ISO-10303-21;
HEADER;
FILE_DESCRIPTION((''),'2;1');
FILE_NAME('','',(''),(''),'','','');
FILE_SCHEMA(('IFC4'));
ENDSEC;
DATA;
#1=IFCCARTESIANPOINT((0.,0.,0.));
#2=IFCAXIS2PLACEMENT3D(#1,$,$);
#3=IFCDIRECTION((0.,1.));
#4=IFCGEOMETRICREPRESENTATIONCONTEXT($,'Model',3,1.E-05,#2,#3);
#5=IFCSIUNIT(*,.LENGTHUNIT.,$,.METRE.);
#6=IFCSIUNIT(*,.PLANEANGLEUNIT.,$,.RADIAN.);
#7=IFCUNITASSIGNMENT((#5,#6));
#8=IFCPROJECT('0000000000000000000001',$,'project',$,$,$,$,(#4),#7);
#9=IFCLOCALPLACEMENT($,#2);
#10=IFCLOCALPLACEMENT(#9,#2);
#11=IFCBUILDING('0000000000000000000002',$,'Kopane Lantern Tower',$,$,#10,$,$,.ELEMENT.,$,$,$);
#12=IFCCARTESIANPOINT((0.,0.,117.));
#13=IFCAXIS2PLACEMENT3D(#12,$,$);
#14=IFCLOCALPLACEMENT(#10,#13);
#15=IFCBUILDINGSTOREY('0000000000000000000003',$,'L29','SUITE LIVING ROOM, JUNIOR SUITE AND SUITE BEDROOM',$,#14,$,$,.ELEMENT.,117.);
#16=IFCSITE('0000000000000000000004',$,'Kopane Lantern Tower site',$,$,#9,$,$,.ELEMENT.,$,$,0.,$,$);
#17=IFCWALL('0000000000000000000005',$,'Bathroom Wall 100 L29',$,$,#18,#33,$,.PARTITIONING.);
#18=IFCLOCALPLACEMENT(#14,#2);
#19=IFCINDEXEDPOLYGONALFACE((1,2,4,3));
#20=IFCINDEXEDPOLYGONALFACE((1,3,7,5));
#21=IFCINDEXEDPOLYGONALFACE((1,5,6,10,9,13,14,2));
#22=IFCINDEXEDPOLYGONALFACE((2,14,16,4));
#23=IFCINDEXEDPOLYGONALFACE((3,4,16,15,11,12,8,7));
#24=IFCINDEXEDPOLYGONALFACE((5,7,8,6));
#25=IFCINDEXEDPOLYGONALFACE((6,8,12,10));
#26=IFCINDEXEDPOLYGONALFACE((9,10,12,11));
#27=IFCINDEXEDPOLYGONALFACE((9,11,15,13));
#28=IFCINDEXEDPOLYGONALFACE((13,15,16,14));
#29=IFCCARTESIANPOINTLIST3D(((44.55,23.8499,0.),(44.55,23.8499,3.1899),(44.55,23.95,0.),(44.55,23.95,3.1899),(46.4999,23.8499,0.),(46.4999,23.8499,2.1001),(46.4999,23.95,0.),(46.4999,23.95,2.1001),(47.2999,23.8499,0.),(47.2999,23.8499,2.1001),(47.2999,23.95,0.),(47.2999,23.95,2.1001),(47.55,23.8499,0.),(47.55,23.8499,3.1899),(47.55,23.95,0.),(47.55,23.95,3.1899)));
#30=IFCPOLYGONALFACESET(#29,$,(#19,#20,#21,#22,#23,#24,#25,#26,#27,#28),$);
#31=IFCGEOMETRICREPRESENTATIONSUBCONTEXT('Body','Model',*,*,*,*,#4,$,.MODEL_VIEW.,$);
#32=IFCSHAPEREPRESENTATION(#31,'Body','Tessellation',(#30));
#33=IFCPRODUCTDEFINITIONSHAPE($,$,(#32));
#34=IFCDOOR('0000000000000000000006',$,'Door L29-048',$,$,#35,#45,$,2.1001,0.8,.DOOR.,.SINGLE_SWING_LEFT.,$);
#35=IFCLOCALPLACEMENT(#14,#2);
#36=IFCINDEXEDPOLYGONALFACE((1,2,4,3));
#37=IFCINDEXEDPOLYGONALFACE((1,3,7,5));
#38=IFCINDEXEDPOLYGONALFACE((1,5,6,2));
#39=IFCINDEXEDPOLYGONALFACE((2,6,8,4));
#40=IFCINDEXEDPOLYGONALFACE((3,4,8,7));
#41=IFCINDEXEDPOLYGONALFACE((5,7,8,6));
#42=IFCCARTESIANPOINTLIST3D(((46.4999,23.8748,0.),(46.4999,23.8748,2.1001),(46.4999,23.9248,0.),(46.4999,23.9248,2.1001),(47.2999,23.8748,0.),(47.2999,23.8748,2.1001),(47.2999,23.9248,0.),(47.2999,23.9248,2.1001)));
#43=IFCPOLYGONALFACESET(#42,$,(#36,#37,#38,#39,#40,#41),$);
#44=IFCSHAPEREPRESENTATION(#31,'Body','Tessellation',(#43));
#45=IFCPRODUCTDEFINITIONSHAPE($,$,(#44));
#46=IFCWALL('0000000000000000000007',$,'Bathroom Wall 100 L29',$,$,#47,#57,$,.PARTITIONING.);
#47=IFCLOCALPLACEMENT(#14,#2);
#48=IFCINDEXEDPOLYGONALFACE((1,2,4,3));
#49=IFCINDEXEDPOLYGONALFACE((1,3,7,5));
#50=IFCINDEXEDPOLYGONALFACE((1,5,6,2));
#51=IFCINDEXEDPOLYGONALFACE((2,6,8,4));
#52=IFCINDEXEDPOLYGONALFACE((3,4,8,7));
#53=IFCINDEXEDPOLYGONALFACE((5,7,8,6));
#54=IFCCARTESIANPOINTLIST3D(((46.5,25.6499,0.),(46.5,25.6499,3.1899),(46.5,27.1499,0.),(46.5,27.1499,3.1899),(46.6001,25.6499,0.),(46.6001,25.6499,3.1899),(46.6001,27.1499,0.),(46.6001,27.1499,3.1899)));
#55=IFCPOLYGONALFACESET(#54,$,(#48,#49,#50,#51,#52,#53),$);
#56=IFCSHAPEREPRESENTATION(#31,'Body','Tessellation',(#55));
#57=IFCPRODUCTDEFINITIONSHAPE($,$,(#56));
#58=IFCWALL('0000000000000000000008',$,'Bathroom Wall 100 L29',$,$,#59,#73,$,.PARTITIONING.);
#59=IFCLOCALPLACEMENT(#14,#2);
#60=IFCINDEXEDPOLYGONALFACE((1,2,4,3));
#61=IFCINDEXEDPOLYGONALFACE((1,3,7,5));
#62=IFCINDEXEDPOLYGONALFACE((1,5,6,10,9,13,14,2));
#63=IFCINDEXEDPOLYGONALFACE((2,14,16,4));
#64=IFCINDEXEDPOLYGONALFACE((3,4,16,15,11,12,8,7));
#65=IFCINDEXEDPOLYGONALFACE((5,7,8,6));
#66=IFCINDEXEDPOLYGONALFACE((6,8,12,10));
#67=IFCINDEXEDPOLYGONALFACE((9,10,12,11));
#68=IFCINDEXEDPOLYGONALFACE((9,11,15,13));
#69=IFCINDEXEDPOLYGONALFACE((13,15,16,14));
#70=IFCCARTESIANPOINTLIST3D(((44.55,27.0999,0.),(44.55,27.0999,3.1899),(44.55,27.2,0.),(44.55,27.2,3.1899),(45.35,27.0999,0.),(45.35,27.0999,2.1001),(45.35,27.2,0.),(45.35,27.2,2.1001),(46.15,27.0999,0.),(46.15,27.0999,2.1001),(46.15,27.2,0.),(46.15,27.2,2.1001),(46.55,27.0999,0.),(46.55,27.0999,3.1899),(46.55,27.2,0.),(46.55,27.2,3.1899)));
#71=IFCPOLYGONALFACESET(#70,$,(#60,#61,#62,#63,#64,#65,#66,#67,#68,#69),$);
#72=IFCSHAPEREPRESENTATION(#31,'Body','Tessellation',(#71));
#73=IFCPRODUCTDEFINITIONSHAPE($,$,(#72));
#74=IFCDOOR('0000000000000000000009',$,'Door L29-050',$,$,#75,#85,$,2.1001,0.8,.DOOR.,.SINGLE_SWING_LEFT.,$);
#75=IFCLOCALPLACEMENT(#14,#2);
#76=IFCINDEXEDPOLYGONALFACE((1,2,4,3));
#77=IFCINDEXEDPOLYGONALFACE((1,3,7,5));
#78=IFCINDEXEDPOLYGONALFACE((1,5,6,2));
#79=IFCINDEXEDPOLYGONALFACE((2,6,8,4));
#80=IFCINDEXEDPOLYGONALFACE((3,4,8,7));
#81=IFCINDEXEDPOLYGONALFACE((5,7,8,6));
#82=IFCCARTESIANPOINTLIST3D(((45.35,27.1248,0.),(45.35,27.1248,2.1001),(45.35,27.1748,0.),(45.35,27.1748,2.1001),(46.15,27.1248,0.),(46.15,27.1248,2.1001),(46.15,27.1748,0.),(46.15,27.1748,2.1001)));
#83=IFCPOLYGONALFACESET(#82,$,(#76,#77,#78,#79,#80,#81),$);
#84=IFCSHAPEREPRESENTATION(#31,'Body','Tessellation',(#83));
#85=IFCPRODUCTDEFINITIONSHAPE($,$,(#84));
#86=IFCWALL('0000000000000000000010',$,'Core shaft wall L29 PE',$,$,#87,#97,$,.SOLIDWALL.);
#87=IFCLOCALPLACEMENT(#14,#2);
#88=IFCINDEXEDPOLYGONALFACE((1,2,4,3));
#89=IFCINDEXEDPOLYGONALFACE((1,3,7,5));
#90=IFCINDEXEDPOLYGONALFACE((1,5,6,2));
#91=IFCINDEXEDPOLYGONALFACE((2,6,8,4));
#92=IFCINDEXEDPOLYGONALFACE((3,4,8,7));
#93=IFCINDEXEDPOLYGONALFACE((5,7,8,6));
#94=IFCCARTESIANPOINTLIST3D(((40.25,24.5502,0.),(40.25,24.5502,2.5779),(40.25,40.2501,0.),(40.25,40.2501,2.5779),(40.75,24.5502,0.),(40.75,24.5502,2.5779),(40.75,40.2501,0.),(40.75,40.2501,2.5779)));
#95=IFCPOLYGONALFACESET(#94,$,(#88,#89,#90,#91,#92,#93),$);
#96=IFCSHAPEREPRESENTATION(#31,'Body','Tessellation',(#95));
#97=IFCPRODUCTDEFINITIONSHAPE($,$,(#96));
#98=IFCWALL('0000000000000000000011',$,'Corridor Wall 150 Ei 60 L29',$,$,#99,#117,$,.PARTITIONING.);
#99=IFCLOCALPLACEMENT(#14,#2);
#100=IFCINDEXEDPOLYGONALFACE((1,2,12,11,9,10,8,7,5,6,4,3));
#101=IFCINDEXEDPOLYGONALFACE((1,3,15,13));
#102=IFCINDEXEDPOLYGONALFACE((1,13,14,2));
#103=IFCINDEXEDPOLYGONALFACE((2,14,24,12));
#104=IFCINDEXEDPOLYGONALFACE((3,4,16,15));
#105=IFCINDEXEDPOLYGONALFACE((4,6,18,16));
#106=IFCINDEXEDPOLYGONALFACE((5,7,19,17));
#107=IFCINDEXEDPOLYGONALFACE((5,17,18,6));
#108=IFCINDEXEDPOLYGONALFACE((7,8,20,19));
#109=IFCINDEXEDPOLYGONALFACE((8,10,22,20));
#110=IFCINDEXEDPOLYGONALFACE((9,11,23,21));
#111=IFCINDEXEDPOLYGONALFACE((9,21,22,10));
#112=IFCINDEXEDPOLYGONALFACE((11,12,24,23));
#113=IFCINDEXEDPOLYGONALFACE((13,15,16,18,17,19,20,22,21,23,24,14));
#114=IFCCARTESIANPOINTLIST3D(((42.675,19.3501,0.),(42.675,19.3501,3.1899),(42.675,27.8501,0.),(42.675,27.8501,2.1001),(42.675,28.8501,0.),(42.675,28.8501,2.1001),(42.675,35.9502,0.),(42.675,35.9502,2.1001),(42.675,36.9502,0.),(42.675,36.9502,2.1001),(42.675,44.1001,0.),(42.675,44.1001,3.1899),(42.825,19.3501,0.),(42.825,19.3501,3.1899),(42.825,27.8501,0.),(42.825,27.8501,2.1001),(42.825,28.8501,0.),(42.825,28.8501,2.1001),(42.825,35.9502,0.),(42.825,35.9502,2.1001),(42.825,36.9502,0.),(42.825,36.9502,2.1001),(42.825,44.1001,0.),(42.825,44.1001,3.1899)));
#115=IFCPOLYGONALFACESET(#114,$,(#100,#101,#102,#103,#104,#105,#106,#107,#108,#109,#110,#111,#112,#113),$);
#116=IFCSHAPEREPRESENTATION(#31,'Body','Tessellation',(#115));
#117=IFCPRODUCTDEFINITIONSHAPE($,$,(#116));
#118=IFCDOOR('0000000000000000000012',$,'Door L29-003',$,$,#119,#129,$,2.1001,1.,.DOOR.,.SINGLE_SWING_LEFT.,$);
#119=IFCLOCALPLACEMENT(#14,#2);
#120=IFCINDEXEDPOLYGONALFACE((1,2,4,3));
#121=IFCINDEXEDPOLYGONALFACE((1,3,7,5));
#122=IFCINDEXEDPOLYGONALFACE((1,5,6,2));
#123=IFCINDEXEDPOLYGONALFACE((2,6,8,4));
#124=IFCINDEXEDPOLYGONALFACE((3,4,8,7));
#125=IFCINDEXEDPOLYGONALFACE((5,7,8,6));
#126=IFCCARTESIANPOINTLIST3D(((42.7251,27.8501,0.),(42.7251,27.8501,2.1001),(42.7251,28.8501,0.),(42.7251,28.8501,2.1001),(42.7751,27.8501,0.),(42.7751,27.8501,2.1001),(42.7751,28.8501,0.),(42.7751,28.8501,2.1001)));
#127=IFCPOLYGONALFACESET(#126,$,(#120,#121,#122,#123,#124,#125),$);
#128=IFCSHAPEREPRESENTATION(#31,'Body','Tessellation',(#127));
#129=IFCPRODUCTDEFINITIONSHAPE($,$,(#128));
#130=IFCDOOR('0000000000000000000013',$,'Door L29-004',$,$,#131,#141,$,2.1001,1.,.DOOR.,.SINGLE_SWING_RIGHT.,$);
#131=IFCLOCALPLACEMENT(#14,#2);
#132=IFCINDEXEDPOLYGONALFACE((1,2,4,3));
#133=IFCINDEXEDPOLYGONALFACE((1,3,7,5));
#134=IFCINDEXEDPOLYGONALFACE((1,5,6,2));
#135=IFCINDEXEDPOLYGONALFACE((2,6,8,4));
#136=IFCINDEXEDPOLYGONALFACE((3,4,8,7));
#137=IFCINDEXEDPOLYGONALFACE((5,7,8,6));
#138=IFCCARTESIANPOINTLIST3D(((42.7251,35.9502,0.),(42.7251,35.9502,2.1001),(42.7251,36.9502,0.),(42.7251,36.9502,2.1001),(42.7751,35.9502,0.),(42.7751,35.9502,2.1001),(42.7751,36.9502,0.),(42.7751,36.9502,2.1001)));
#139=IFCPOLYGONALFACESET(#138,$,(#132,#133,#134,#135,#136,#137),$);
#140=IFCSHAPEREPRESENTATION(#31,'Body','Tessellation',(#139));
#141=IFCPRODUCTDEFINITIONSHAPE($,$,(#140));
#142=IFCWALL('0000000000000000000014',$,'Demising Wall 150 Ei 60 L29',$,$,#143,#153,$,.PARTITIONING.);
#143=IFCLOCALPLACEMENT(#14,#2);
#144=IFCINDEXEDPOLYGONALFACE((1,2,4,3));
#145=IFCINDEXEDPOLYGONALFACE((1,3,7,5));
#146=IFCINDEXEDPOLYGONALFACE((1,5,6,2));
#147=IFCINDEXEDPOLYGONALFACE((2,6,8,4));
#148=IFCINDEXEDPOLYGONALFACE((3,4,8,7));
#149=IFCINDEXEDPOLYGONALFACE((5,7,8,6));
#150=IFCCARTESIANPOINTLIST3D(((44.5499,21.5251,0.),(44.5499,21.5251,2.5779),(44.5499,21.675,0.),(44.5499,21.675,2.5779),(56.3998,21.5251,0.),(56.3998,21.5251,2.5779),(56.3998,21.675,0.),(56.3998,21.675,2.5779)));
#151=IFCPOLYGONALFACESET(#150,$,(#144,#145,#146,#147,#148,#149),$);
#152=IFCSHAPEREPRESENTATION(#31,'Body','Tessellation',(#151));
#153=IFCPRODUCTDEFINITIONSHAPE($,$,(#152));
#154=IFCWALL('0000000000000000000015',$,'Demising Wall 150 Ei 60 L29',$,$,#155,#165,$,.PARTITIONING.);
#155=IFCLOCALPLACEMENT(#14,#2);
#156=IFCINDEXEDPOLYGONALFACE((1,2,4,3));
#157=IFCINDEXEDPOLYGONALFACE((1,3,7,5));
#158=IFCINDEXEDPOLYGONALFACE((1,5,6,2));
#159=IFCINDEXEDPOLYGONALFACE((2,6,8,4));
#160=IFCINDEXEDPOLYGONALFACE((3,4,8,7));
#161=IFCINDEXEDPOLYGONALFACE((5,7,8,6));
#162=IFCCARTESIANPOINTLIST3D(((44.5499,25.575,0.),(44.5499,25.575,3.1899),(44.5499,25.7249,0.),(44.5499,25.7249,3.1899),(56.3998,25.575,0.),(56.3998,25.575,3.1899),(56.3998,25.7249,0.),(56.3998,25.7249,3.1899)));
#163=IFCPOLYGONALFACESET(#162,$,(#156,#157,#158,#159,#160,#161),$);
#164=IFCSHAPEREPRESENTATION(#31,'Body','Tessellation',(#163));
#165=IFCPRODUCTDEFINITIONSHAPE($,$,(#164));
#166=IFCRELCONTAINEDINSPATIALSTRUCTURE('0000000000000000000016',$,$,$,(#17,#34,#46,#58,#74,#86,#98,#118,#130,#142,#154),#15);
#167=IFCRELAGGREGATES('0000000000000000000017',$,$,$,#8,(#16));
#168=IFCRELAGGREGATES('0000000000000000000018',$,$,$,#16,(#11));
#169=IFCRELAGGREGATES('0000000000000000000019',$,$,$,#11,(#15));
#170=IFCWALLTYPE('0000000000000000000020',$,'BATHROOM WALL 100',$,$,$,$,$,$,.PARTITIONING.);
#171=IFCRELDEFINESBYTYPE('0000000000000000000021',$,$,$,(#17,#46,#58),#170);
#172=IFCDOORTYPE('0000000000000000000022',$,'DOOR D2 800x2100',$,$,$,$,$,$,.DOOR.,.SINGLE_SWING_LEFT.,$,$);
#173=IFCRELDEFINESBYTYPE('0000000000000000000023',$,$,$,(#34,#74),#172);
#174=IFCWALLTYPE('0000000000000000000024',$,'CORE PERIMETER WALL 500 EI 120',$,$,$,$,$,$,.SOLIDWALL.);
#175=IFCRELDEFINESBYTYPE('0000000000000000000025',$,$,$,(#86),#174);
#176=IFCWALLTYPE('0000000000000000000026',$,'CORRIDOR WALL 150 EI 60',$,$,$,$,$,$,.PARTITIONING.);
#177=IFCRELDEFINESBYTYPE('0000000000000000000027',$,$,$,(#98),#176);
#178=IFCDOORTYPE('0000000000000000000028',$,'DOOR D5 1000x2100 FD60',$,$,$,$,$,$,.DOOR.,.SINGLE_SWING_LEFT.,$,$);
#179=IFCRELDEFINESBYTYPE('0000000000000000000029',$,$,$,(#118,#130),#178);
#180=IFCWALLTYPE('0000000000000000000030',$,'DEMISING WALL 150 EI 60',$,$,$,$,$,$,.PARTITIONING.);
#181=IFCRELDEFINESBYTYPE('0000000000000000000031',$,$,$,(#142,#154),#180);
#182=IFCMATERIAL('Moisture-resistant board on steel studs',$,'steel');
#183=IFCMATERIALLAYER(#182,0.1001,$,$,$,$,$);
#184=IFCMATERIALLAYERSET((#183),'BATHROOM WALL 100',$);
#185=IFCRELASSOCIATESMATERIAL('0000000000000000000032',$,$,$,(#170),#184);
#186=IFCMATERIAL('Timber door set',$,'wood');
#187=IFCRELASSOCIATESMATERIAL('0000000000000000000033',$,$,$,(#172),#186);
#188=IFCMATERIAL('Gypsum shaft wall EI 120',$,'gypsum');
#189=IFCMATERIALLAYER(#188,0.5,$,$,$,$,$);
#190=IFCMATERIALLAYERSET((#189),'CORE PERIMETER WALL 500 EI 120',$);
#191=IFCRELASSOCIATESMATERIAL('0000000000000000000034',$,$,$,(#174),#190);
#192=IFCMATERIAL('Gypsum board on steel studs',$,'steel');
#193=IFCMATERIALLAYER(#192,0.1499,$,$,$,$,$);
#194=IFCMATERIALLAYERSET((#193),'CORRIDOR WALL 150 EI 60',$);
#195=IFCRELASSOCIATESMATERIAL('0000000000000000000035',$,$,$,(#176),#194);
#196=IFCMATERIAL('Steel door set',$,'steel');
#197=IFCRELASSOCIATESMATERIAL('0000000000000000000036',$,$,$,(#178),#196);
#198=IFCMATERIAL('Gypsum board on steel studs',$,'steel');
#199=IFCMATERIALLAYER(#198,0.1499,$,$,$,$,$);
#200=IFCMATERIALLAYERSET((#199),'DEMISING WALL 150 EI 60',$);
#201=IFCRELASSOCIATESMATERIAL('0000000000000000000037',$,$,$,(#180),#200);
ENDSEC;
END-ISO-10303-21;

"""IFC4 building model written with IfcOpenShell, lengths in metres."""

from ifc_helpers import new_model, si_unit, direction, frame, frame_2d, origin, place, context, subcontext, project, spatial, rectangle, extrude, material, layer, layer_set, type_object, element, fill, save


model = new_model("IFC4")

# Units and contexts
model_context = context("Model", 3, precision=1e-05, world=origin(), true_north=direction((0.0, 1.0)))
body_context = subcontext(model_context, "Body", "Model", "MODEL_VIEW")
ifc_project = project(units=[si_unit("LENGTHUNIT", "METRE"), si_unit("PLANEANGLEUNIT", "RADIAN")], contexts=[model_context])

# Site, building, storey
site_placement = place(None, origin())
site = spatial("IfcSite", under=ifc_project, at=site_placement, Name="Kopane Lantern Tower site", CompositionType="ELEMENT", RefElevation=0.0)
building_placement = place(site_placement, origin())
building = spatial("IfcBuilding", under=site, at=building_placement, Name="Kopane Lantern Tower", CompositionType="ELEMENT")
storey_placement = place(building_placement, frame((0.0, 0.0, 117.0)))
storey = spatial("IfcBuildingStorey", under=building, at=storey_placement, Name="L29", Description="SUITE LIVING ROOM, JUNIOR SUITE AND SUITE BEDROOM", CompositionType="ELEMENT", Elevation=117.0)

# Shared definitions
ifc_material_1 = material(Name="Moisture-resistant board on steel studs", Category="steel")
ifc_layer_1 = layer(ifc_material_1, 0.1001)
ifc_layer_set_1 = layer_set([ifc_layer_1], Name="BATHROOM WALL 100")
wall_type_1 = type_object("IfcWallType", Name="BATHROOM WALL 100", PredefinedType="PARTITIONING", material=ifc_layer_set_1)

# Wall, opening, door
wall_1_placement = place(storey_placement, frame((44.55, 23.8999, 0.0), z_axis=(0.0, 0.0, 1.0), x_axis=(1.0, 0.0, 0.0)))
wall_1 = element("IfcWall", 1, at=wall_1_placement, inside=storey, type_object=wall_type_1, Name="Bathroom Wall 100 L29", PredefinedType="PARTITIONING", context=body_context, shape_type="SweptSolid", body=[
    extrude(rectangle(XDim=3.0, YDim=0.1001, at=frame_2d((1.5, 0.0))), origin(), (0.0, 0.0, 1.0), 3.1899),
])
opening_1_placement = place(wall_1_placement, frame((1.95, 0.0, 0.0)))
opening_1 = element("IfcOpeningElement", 2, at=opening_1_placement, cuts=wall_1, PredefinedType="OPENING", context=body_context, shape_type="SweptSolid", body=[
    extrude(rectangle(XDim=0.8, YDim=2.1001, at=frame_2d((0.3999, 1.05))), frame((0.0, 0.0601, 0.0), z_axis=(0.0, -1.0, 0.0), x_axis=(1.0, 0.0, 0.0)), (0.0, 0.0, 1.0), 0.1201),
])
ifc_material_2 = material(Name="Timber door set", Category="wood")
door_type_1 = type_object("IfcDoorType", Name="DOOR D2 800x2100", OperationType="SINGLE_SWING_LEFT", PredefinedType="DOOR", material=ifc_material_2)
door_1_placement = place(opening_1_placement, origin())
door_1 = element("IfcDoor", 3, at=door_1_placement, inside=storey, type_object=door_type_1, Name="Door L29-048", OperationType="SINGLE_SWING_LEFT", OverallHeight=2.1001, OverallWidth=0.8, PredefinedType="DOOR", context=body_context, shape_type="SweptSolid", body=[
    extrude(rectangle(XDim=0.8, YDim=2.1001, at=frame_2d((0.3999, 1.05))), frame((0.0, 0.0249, 0.0), z_axis=(0.0, -1.0, 0.0), x_axis=(1.0, 0.0, 0.0)), (0.0, 0.0, 1.0), 0.05),
])
fill(opening_1, door_1)

# Wall
wall_2_placement = place(storey_placement, frame((46.55, 25.6499, 0.0), z_axis=(0.0, 0.0, 1.0), x_axis=(0.0, 1.0, 0.0)))
element("IfcWall", 4, at=wall_2_placement, inside=storey, type_object=wall_type_1, Name="Bathroom Wall 100 L29", PredefinedType="PARTITIONING", context=body_context, shape_type="SweptSolid", body=[
    extrude(rectangle(XDim=1.5, YDim=0.1001, at=frame_2d((0.75, 0.0))), origin(), (0.0, 0.0, 1.0), 3.1899),
])

# Wall, opening, door
wall_3_placement = place(storey_placement, frame((44.55, 27.1499, 0.0), z_axis=(0.0, 0.0, 1.0), x_axis=(1.0, 0.0, 0.0)))
wall_3 = element("IfcWall", 5, at=wall_3_placement, inside=storey, type_object=wall_type_1, Name="Bathroom Wall 100 L29", PredefinedType="PARTITIONING", context=body_context, shape_type="SweptSolid", body=[
    extrude(rectangle(XDim=2.0, YDim=0.1001, at=frame_2d((1.0, 0.0))), origin(), (0.0, 0.0, 1.0), 3.1899),
])
opening_2_placement = place(wall_3_placement, frame((0.8, 0.0, 0.0)))
opening_2 = element("IfcOpeningElement", 6, at=opening_2_placement, cuts=wall_3, PredefinedType="OPENING", context=body_context, shape_type="SweptSolid", body=[
    extrude(rectangle(XDim=0.8, YDim=2.1001, at=frame_2d((0.3999, 1.05))), frame((0.0, 0.0601, 0.0), z_axis=(0.0, -1.0, 0.0), x_axis=(1.0, 0.0, 0.0)), (0.0, 0.0, 1.0), 0.1201),
])
door_2_placement = place(opening_2_placement, origin())
door_2 = element("IfcDoor", 7, at=door_2_placement, inside=storey, type_object=door_type_1, Name="Door L29-050", OperationType="SINGLE_SWING_LEFT", OverallHeight=2.1001, OverallWidth=0.8, PredefinedType="DOOR", context=body_context, shape_type="SweptSolid", body=[
    extrude(rectangle(XDim=0.8, YDim=2.1001, at=frame_2d((0.3999, 1.05))), frame((0.0, 0.0249, 0.0), z_axis=(0.0, -1.0, 0.0), x_axis=(1.0, 0.0, 0.0)), (0.0, 0.0, 1.0), 0.05),
])
fill(opening_2, door_2)

# Wall
ifc_material_3 = material(Name="Gypsum shaft wall EI 120", Category="gypsum")
ifc_layer_2 = layer(ifc_material_3, 0.5)
ifc_layer_set_2 = layer_set([ifc_layer_2], Name="CORE PERIMETER WALL 500 EI 120")
wall_type_2 = type_object("IfcWallType", Name="CORE PERIMETER WALL 500 EI 120", PredefinedType="SOLIDWALL", material=ifc_layer_set_2)
wall_4_placement = place(storey_placement, frame((40.5, 24.55, 0.0), z_axis=(0.0, 0.0, 1.0), x_axis=(0.0, 1.0, 0.0)))
element("IfcWall", 8, at=wall_4_placement, inside=storey, type_object=wall_type_2, Name="Core shaft wall L29 PE", PredefinedType="SOLIDWALL", context=body_context, shape_type="SweptSolid", body=[
    extrude(rectangle(XDim=15.7, YDim=0.5, at=frame_2d((7.8501, 0.0))), origin(), (0.0, 0.0, 1.0), 2.5779),
])

# Wall, openings, doors
ifc_material_4 = material(Name="Gypsum board on steel studs", Category="steel")
ifc_layer_3 = layer(ifc_material_4, 0.1499)
ifc_layer_set_3 = layer_set([ifc_layer_3], Name="CORRIDOR WALL 150 EI 60")
wall_type_3 = type_object("IfcWallType", Name="CORRIDOR WALL 150 EI 60", PredefinedType="PARTITIONING", material=ifc_layer_set_3)
wall_5_placement = place(storey_placement, frame((42.75, 19.3501, 0.0), z_axis=(0.0, 0.0, 1.0), x_axis=(0.0, 1.0, 0.0)))
wall_5 = element("IfcWall", 9, at=wall_5_placement, inside=storey, type_object=wall_type_3, Name="Corridor Wall 150 Ei 60 L29", PredefinedType="PARTITIONING", context=body_context, shape_type="SweptSolid", body=[
    extrude(rectangle(XDim=24.75, YDim=0.1499, at=frame_2d((12.375, 0.0))), origin(), (0.0, 0.0, 1.0), 3.1899),
])
opening_3_placement = place(wall_5_placement, frame((8.5, 0.0, 0.0)))
opening_3 = element("IfcOpeningElement", 10, at=opening_3_placement, cuts=wall_5, PredefinedType="OPENING", context=body_context, shape_type="SweptSolid", body=[
    extrude(rectangle(XDim=1.0, YDim=2.1001, at=frame_2d((0.5, 1.05))), frame((0.0, 0.085, 0.0), z_axis=(0.0, -1.0, 0.0), x_axis=(1.0, 0.0, 0.0)), (0.0, 0.0, 1.0), 0.1699),
])
opening_4_placement = place(wall_5_placement, frame((16.6001, 0.0, 0.0)))
opening_4 = element("IfcOpeningElement", 11, at=opening_4_placement, cuts=wall_5, PredefinedType="OPENING", context=body_context, shape_type="SweptSolid", body=[
    extrude(rectangle(XDim=1.0, YDim=2.1001, at=frame_2d((0.5, 1.05))), frame((0.0, 0.085, 0.0), z_axis=(0.0, -1.0, 0.0), x_axis=(1.0, 0.0, 0.0)), (0.0, 0.0, 1.0), 0.1699),
])
ifc_material_5 = material(Name="Steel door set", Category="steel")
door_type_2 = type_object("IfcDoorType", Name="DOOR D5 1000x2100 FD60", OperationType="SINGLE_SWING_LEFT", PredefinedType="DOOR", material=ifc_material_5)
door_3_placement = place(opening_3_placement, origin())
door_3 = element("IfcDoor", 12, at=door_3_placement, inside=storey, type_object=door_type_2, Name="Door L29-003", OperationType="SINGLE_SWING_LEFT", OverallHeight=2.1001, OverallWidth=1.0, PredefinedType="DOOR", context=body_context, shape_type="SweptSolid", body=[
    extrude(rectangle(XDim=1.0, YDim=2.1001, at=frame_2d((0.5, 1.05))), frame((0.0, 0.0249, 0.0), z_axis=(0.0, -1.0, 0.0), x_axis=(1.0, 0.0, 0.0)), (0.0, 0.0, 1.0), 0.05),
])
fill(opening_3, door_3)
door_4_placement = place(opening_4_placement, origin())
door_4 = element("IfcDoor", 13, at=door_4_placement, inside=storey, type_object=door_type_2, Name="Door L29-004", OperationType="SINGLE_SWING_RIGHT", OverallHeight=2.1001, OverallWidth=1.0, PredefinedType="DOOR", context=body_context, shape_type="SweptSolid", body=[
    extrude(rectangle(XDim=1.0, YDim=2.1001, at=frame_2d((0.5, 1.05))), frame((0.0, 0.0249, 0.0), z_axis=(0.0, -1.0, 0.0), x_axis=(1.0, 0.0, 0.0)), (0.0, 0.0, 1.0), 0.05),
])
fill(opening_4, door_4)

# Walls
ifc_material_6 = material(Name="Gypsum board on steel studs", Category="steel")
ifc_layer_4 = layer(ifc_material_6, 0.1499)
ifc_layer_set_4 = layer_set([ifc_layer_4], Name="DEMISING WALL 150 EI 60")
wall_type_4 = type_object("IfcWallType", Name="DEMISING WALL 150 EI 60", PredefinedType="PARTITIONING", material=ifc_layer_set_4)
wall_6_placement = place(storey_placement, frame((44.55, 21.6001, 0.0), z_axis=(0.0, 0.0, 1.0), x_axis=(1.0, 0.0, 0.0)))
element("IfcWall", 14, at=wall_6_placement, inside=storey, type_object=wall_type_4, Name="Demising Wall 150 Ei 60 L29", PredefinedType="PARTITIONING", context=body_context, shape_type="SweptSolid", body=[
    extrude(rectangle(XDim=11.8499, YDim=0.1499, at=frame_2d((5.9248, 0.0))), origin(), (0.0, 0.0, 1.0), 2.5779),
])
wall_7_placement = place(storey_placement, frame((44.55, 25.6499, 0.0), z_axis=(0.0, 0.0, 1.0), x_axis=(1.0, 0.0, 0.0)))
element("IfcWall", 15, at=wall_7_placement, inside=storey, type_object=wall_type_4, Name="Demising Wall 150 Ei 60 L29", PredefinedType="PARTITIONING", context=body_context, shape_type="SweptSolid", body=[
    extrude(rectangle(XDim=11.8499, YDim=0.1499, at=frame_2d((5.9248, 0.0))), origin(), (0.0, 0.0, 1.0), 3.1899),
])

save(model, "model.ifc")
